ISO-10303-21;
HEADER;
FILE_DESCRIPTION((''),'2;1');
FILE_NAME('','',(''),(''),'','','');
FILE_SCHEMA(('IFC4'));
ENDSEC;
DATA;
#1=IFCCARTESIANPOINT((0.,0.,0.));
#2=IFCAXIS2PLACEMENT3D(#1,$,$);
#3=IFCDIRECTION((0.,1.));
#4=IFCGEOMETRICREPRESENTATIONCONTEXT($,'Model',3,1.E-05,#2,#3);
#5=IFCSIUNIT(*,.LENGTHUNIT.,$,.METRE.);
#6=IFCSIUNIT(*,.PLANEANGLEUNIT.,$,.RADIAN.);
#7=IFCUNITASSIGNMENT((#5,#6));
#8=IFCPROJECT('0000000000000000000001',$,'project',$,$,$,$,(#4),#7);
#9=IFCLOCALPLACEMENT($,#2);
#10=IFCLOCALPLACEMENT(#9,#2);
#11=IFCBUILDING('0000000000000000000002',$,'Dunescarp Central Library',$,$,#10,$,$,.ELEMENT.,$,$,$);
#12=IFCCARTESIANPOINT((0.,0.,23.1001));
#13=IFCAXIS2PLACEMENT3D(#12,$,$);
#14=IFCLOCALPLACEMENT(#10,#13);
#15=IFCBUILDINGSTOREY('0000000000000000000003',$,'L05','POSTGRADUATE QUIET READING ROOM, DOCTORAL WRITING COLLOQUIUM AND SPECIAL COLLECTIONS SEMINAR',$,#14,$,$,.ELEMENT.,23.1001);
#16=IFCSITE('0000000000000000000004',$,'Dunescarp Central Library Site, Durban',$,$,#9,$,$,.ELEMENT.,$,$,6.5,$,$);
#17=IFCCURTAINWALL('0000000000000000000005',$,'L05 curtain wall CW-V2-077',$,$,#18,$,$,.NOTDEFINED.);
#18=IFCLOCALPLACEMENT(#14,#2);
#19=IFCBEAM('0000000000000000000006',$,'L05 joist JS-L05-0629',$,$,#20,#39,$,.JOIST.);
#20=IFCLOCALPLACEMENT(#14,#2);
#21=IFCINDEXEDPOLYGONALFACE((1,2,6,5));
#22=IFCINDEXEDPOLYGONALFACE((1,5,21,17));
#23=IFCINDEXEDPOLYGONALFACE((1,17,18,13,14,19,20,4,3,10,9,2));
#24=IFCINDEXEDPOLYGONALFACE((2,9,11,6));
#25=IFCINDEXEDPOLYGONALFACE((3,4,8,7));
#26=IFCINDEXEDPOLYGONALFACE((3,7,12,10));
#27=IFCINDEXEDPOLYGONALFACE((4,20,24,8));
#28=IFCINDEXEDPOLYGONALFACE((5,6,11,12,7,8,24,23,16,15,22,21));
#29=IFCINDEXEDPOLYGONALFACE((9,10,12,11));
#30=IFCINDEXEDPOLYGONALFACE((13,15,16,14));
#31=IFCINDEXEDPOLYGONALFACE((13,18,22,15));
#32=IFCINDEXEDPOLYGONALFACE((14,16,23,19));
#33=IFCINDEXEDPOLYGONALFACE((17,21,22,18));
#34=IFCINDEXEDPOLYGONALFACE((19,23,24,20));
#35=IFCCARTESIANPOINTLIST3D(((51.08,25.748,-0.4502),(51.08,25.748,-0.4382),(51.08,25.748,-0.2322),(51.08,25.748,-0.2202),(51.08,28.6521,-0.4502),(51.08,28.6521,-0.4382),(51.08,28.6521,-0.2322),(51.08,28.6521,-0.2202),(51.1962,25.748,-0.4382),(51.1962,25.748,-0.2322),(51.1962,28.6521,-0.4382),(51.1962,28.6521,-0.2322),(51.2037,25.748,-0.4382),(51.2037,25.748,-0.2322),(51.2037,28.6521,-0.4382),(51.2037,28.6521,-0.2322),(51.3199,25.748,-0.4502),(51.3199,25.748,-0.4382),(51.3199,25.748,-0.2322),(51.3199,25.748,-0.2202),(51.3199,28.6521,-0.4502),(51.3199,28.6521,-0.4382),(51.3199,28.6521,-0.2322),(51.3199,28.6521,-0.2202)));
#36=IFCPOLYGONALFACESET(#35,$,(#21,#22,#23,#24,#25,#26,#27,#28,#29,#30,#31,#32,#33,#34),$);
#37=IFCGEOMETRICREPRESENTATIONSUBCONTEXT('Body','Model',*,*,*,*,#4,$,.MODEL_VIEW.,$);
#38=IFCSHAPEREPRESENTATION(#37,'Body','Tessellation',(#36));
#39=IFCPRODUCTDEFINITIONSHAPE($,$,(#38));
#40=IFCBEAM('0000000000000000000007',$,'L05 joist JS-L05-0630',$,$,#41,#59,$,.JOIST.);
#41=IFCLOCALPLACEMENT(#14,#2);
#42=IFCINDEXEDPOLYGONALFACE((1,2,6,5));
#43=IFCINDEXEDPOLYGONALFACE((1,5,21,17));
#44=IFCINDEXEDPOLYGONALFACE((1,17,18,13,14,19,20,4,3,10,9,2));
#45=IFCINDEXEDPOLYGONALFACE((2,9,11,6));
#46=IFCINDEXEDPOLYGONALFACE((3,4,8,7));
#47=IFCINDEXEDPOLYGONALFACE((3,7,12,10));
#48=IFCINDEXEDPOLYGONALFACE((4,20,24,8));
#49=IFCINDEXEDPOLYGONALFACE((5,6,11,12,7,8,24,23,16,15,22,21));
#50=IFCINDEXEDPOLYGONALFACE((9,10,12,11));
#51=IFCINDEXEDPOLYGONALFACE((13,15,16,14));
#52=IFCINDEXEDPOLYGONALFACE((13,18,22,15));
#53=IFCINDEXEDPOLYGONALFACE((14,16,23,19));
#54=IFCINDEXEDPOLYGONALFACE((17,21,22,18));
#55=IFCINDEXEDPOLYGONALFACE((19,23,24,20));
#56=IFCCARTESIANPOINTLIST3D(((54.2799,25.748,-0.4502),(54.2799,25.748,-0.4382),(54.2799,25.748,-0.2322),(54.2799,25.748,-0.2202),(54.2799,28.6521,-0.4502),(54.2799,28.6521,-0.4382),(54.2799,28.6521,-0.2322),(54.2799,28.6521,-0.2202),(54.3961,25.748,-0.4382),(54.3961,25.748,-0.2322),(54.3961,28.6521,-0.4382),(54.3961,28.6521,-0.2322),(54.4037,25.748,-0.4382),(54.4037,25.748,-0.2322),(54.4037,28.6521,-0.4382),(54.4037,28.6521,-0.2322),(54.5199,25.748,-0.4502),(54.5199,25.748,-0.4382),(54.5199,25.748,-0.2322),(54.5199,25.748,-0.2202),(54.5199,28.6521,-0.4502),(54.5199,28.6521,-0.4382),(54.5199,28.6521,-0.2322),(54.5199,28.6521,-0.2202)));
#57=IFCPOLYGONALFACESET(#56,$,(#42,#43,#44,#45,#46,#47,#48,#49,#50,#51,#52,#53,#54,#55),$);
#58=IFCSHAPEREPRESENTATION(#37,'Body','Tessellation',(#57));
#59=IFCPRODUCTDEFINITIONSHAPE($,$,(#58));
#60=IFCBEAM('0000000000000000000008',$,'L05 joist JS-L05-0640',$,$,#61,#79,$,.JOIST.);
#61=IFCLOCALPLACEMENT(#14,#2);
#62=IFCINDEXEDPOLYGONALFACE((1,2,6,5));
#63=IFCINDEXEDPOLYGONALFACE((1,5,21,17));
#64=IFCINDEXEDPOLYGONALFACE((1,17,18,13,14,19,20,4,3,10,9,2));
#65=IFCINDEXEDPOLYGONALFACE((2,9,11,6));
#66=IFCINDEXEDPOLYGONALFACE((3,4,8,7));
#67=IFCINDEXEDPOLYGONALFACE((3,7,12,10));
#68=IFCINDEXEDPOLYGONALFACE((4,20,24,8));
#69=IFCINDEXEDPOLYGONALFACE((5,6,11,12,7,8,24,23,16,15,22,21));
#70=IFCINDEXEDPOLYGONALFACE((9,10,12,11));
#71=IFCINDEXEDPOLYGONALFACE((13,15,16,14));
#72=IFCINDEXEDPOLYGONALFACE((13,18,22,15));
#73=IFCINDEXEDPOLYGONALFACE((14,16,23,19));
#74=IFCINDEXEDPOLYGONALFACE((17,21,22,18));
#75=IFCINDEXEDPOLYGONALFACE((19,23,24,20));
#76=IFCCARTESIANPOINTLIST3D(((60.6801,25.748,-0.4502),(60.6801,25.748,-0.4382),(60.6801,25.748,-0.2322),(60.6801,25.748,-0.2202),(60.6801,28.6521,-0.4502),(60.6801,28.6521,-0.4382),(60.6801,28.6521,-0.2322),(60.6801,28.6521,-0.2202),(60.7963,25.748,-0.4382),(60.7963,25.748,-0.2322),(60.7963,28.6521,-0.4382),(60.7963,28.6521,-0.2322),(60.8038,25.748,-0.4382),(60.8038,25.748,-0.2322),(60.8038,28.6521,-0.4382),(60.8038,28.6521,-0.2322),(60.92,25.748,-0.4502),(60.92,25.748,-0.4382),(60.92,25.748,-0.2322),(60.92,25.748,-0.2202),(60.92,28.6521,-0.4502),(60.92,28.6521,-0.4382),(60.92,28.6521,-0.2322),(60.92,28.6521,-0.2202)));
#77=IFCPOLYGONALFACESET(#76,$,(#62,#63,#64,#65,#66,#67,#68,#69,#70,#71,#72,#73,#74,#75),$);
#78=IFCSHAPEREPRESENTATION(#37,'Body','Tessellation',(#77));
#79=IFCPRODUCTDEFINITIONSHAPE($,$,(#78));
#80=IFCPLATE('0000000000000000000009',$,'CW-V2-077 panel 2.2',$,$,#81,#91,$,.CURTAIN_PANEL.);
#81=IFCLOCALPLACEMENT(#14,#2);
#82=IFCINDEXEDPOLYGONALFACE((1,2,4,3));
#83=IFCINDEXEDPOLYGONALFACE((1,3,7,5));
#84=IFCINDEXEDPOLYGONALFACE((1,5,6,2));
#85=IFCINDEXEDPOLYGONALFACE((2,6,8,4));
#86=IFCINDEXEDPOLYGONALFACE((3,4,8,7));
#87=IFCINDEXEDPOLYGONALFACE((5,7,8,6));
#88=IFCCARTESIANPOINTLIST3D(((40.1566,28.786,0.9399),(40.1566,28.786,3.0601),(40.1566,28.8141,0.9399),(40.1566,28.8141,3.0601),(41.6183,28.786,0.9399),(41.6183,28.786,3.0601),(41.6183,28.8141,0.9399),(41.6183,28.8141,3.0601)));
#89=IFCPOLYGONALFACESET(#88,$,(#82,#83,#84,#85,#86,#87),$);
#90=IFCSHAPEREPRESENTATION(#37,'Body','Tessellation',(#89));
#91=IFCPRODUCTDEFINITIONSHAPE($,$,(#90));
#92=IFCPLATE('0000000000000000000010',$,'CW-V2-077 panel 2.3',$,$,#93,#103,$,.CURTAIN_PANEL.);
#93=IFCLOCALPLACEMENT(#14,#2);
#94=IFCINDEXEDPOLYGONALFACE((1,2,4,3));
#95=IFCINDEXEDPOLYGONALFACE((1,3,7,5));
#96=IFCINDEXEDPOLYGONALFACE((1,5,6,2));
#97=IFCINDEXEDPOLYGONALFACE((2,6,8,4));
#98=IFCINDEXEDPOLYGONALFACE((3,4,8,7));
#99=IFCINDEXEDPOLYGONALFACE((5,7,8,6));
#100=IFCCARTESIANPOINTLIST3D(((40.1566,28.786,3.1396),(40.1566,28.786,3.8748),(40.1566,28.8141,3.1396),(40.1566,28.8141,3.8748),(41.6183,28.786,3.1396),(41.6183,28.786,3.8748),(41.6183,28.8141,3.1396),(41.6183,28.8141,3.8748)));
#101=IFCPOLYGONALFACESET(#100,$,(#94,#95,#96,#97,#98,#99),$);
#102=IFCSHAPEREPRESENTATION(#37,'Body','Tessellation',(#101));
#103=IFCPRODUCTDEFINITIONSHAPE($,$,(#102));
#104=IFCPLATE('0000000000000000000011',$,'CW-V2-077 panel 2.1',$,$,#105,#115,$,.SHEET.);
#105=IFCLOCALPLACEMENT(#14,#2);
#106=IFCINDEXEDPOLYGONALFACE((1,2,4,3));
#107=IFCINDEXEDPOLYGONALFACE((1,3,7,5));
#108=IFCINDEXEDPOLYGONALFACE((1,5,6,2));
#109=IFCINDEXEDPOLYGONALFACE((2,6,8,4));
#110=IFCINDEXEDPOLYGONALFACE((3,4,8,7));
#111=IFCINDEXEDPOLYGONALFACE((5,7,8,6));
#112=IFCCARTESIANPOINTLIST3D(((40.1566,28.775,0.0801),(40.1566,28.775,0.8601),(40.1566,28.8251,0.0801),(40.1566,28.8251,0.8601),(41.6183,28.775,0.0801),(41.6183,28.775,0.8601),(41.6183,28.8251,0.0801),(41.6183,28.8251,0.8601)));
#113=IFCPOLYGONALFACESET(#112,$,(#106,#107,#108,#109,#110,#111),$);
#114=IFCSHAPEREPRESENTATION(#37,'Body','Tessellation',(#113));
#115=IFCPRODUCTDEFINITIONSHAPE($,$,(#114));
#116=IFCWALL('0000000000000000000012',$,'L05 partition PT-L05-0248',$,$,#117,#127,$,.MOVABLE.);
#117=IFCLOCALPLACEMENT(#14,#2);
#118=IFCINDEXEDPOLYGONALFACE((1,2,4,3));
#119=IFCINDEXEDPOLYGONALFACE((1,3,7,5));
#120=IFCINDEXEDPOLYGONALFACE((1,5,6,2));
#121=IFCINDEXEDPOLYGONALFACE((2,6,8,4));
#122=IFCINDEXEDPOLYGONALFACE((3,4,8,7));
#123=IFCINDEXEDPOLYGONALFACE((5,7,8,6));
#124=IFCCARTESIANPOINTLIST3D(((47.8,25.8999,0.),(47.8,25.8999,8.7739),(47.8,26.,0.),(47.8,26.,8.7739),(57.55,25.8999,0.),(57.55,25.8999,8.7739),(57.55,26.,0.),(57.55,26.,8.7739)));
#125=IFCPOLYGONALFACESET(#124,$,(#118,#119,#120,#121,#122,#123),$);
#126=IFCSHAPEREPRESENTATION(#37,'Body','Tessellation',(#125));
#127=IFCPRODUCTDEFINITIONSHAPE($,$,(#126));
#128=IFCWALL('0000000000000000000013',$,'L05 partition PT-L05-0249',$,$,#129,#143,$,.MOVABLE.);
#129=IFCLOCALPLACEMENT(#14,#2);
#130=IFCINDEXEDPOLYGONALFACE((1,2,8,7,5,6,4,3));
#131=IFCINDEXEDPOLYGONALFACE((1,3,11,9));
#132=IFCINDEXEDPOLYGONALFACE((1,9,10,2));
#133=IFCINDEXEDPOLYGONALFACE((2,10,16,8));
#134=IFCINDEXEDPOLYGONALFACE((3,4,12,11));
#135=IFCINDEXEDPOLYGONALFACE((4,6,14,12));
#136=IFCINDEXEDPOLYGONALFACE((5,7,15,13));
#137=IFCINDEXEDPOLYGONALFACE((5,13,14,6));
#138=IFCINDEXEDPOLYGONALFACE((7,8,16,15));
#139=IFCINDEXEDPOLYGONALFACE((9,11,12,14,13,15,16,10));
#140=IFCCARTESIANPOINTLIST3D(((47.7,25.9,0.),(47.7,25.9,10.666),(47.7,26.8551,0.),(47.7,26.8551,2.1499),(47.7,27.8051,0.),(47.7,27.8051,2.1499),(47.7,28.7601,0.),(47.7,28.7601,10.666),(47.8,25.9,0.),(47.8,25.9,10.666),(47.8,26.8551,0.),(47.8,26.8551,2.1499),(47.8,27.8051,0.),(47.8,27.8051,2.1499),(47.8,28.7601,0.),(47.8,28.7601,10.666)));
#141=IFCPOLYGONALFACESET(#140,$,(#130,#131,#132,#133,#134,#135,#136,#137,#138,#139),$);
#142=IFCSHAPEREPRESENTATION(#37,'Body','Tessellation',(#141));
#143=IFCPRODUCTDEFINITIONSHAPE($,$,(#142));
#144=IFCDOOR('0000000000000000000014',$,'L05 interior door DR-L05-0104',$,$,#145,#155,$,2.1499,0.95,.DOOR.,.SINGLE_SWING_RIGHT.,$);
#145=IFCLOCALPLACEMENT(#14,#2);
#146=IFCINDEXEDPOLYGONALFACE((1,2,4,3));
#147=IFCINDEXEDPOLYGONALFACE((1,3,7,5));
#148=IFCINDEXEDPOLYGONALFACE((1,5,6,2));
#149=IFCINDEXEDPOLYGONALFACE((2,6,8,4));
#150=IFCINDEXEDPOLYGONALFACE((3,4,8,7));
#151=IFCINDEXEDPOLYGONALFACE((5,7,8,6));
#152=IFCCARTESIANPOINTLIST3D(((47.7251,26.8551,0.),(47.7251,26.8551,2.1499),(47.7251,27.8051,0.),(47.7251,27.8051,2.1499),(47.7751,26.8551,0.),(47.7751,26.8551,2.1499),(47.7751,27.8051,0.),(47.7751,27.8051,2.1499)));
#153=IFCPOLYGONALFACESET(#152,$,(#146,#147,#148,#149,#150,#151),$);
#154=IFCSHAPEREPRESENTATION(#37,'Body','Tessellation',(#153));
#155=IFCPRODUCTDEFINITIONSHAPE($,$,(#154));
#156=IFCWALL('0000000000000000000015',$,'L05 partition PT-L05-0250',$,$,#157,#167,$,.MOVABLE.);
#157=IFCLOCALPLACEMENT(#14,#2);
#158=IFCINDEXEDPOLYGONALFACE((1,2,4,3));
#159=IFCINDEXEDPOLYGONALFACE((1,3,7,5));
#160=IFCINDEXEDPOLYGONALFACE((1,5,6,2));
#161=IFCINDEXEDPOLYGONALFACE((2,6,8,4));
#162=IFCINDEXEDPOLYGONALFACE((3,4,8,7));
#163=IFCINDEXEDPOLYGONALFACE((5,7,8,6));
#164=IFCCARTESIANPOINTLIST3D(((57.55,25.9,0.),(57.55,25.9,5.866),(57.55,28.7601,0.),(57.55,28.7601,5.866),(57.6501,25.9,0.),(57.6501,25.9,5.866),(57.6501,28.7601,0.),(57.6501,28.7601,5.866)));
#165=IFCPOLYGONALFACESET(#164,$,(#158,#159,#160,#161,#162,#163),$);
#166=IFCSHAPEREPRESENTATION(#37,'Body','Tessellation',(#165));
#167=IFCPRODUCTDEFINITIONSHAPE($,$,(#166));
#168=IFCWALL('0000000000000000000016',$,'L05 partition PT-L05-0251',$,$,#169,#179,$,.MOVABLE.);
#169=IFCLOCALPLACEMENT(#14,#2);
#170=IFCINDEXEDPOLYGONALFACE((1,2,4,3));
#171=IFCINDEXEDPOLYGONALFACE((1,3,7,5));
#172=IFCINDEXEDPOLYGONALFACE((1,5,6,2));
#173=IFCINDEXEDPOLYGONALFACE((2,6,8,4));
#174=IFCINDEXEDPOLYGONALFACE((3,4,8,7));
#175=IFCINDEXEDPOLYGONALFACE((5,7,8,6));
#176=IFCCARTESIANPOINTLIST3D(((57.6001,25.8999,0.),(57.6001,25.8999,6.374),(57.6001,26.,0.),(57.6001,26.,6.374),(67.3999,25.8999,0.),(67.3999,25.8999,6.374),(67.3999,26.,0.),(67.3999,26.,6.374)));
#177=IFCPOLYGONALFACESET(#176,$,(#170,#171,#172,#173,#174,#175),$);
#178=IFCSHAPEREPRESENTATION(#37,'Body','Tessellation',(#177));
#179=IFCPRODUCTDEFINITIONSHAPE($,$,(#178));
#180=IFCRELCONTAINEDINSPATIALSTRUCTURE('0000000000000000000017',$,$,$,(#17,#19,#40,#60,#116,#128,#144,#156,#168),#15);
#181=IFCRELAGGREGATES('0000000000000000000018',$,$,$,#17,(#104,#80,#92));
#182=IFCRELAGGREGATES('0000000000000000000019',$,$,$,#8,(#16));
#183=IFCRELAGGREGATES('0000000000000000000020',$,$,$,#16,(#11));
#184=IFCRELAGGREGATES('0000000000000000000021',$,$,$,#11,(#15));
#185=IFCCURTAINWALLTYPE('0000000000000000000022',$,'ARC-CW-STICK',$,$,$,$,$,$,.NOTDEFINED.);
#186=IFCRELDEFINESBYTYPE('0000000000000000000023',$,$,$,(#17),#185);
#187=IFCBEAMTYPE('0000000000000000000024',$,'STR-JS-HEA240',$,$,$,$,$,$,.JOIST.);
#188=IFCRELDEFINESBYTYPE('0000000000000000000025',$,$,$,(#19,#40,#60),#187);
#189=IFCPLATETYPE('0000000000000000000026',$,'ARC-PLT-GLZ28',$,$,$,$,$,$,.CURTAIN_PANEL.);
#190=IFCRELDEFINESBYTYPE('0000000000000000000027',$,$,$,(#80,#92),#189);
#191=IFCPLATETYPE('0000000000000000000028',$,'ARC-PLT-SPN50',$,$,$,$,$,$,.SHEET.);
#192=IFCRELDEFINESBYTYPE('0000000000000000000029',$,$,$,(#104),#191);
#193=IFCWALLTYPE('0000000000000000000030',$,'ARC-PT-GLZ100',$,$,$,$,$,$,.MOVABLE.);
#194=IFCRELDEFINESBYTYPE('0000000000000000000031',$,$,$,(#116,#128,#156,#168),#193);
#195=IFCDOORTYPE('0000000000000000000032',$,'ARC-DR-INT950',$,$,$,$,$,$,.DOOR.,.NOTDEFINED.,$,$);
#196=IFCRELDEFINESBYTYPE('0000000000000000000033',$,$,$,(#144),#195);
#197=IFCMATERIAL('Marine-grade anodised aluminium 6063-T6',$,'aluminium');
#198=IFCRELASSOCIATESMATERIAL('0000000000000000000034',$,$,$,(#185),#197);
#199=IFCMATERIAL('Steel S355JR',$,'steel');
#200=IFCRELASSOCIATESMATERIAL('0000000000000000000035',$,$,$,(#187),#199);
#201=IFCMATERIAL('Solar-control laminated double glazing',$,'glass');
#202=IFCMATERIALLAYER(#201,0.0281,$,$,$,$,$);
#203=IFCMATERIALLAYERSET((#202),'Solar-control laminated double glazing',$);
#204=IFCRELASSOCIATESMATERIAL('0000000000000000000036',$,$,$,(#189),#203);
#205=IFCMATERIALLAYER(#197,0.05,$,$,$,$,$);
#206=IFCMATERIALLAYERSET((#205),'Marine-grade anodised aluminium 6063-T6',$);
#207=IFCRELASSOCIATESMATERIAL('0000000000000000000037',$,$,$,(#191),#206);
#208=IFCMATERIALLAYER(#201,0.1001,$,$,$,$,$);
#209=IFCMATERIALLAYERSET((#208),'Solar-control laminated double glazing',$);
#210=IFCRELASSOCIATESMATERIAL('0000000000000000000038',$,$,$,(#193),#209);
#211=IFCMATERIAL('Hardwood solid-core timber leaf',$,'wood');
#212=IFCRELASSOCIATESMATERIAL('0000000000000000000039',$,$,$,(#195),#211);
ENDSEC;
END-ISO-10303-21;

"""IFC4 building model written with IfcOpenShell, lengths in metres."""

from ifc_helpers import new_model, si_unit, direction, frame, frame_2d, origin, origin_2d, place, context, subcontext, project, spatial, rectangle, i_section, extrude, material, layer, layer_set, material_profile, profile_set, type_object, element, fill, aggregate, save


model = new_model("IFC4")

# Units and contexts
model_context = context("Model", 3, precision=1e-05, world=origin(), true_north=direction((0.0, 1.0)))
body_context = subcontext(model_context, "Body", "Model", "MODEL_VIEW")
ifc_project = project(units=[si_unit("LENGTHUNIT", "METRE"), si_unit("PLANEANGLEUNIT", "RADIAN")], contexts=[model_context])

# Site, building, storey
site_placement = place(None, origin())
site = spatial("IfcSite", under=ifc_project, at=site_placement, Name="Dunescarp Central Library Site, Durban", CompositionType="ELEMENT", RefElevation=6.5)
building_placement = place(site_placement, origin())
building = spatial("IfcBuilding", under=site, at=building_placement, Name="Dunescarp Central Library", CompositionType="ELEMENT")
storey_placement = place(building_placement, frame((0.0, 0.0, 23.1001)))
storey = spatial("IfcBuildingStorey", under=building, at=storey_placement, Name="L05", Description="POSTGRADUATE QUIET READING ROOM, DOCTORAL WRITING COLLOQUIUM AND SPECIAL COLLECTIONS SEMINAR", CompositionType="ELEMENT", Elevation=23.1001)

# Curtain wall
ifc_material_1 = material(Name="Marine-grade anodised aluminium 6063-T6", Category="aluminium")
curtain_wall_type = type_object("IfcCurtainWallType", Name="ARC-CW-STICK", PredefinedType="NOTDEFINED", material=ifc_material_1)
curtain_wall_placement = place(storey_placement, origin())
curtain_wall = element("IfcCurtainWall", 1, at=curtain_wall_placement, inside=storey, type_object=curtain_wall_type, Name="L05 curtain wall CW-V2-077", PredefinedType="NOTDEFINED")

# Beams
ifc_material_2 = material(Name="Steel S355JR", Category="steel")
ifc_material_profile_1 = material_profile(ifc_material_2, i_section(OverallWidth=0.24, OverallDepth=0.23, WebThickness=0.0076, FlangeThickness=0.012, at=origin_2d()), Name="HEA 240")
ifc_profile_set_1 = profile_set([ifc_material_profile_1], Name="Steel S355JR")
beam_type_1 = type_object("IfcBeamType", Name="STR-JS-HEA240", PredefinedType="JOIST", material=ifc_profile_set_1)
for number, where, z_axis, x_axis, name in (
    (2, (51.2, 25.748, -0.3352), (0.0, 1.0, 0.0), (-1.0, 0.0, 0.0), "L05 joist JS-L05-0629"),
    (3, (54.3999, 25.748, -0.3352), (0.0, 1.0, 0.0), (-1.0, 0.0, 0.0), "L05 joist JS-L05-0630"),
    (4, (60.8, 25.748, -0.3352), (0.0, 1.0, 0.0), (-1.0, 0.0, 0.0), "L05 joist JS-L05-0640"),
):
    element("IfcBeam", number, at=place(storey_placement, frame(where, z_axis=z_axis, x_axis=x_axis)), inside=storey, type_object=beam_type_1, Name=name, PredefinedType="JOIST", context=body_context, shape_type="SweptSolid", body=[
        extrude(i_section(OverallWidth=0.24, OverallDepth=0.23, WebThickness=0.0076, FlangeThickness=0.012, at=origin_2d()), origin(), (0.0, 0.0, 1.0), 2.9041),
    ])

# Plates
ifc_material_3 = material(Name="Solar-control laminated double glazing", Category="glass")
ifc_layer_1 = layer(ifc_material_3, 0.0281)
ifc_layer_set_1 = layer_set([ifc_layer_1], Name="Solar-control laminated double glazing")
plate_type_1 = type_object("IfcPlateType", Name="ARC-PLT-GLZ28", PredefinedType="CURTAIN_PANEL", material=ifc_layer_set_1)
plate_1_placement = place(storey_placement, frame((40.8875, 28.8, 0.9399), z_axis=(0.0, 0.0, 1.0), x_axis=(1.0, 0.0, 0.0)))
plate_1 = element("IfcPlate", 5, at=plate_1_placement, type_object=plate_type_1, Name="CW-V2-077 panel 2.2", PredefinedType="CURTAIN_PANEL", context=body_context, shape_type="SweptSolid", body=[
    extrude(rectangle(XDim=1.4617, YDim=0.0281, at=origin_2d()), origin(), (0.0, 0.0, 1.0), 2.1201),
])
plate_2_placement = place(storey_placement, frame((40.8875, 28.8, 3.1396), z_axis=(0.0, 0.0, 1.0), x_axis=(1.0, 0.0, 0.0)))
plate_2 = element("IfcPlate", 6, at=plate_2_placement, type_object=plate_type_1, Name="CW-V2-077 panel 2.3", PredefinedType="CURTAIN_PANEL", context=body_context, shape_type="SweptSolid", body=[
    extrude(rectangle(XDim=1.4617, YDim=0.0281, at=origin_2d()), origin(), (0.0, 0.0, 1.0), 0.7351),
])
ifc_layer_2 = layer(ifc_material_1, 0.05)
ifc_layer_set_2 = layer_set([ifc_layer_2], Name="Marine-grade anodised aluminium 6063-T6")
plate_type_2 = type_object("IfcPlateType", Name="ARC-PLT-SPN50", PredefinedType="SHEET", material=ifc_layer_set_2)
plate_3_placement = place(storey_placement, frame((40.8875, 28.8, 0.0801), z_axis=(0.0, 0.0, 1.0), x_axis=(1.0, 0.0, 0.0)))
plate_3 = element("IfcPlate", 7, at=plate_3_placement, type_object=plate_type_2, Name="CW-V2-077 panel 2.1", PredefinedType="SHEET", context=body_context, shape_type="SweptSolid", body=[
    extrude(rectangle(XDim=1.4617, YDim=0.05, at=origin_2d()), origin(), (0.0, 0.0, 1.0), 0.78),
])
aggregate(curtain_wall, [plate_3, plate_1, plate_2])

# Wall
ifc_layer_3 = layer(ifc_material_3, 0.1001)
ifc_layer_set_3 = layer_set([ifc_layer_3], Name="Solar-control laminated double glazing")
wall_type = type_object("IfcWallType", Name="ARC-PT-GLZ100", PredefinedType="MOVABLE", material=ifc_layer_set_3)
wall_1_placement = place(storey_placement, frame((47.8, 25.95, 0.0), z_axis=(0.0, 0.0, 1.0), x_axis=(1.0, 0.0, 0.0)))
element("IfcWall", 8, at=wall_1_placement, inside=storey, type_object=wall_type, Name="L05 partition PT-L05-0248", PredefinedType="MOVABLE", context=body_context, shape_type="SweptSolid", body=[
    extrude(rectangle(XDim=9.75, YDim=0.1001, at=frame_2d((4.875, 0.0))), origin(), (0.0, 0.0, 1.0), 8.7739),
])

# Wall, opening, door
wall_2_placement = place(storey_placement, frame((47.75, 25.8999, 0.0), z_axis=(0.0, 0.0, 1.0), x_axis=(0.0, 1.0, 0.0)))
wall_2 = element("IfcWall", 9, at=wall_2_placement, inside=storey, type_object=wall_type, Name="L05 partition PT-L05-0249", PredefinedType="MOVABLE", context=body_context, shape_type="SweptSolid", body=[
    extrude(rectangle(XDim=2.8601, YDim=0.1001, at=frame_2d((1.4302, 0.0))), origin(), (0.0, 0.0, 1.0), 10.666),
])
opening_placement = place(wall_2_placement, frame((0.9551, 0.0, 0.0)))
opening = element("IfcOpeningElement", 10, at=opening_placement, cuts=wall_2, PredefinedType="OPENING", context=body_context, shape_type="SweptSolid", body=[
    extrude(rectangle(XDim=0.95, YDim=2.1499, at=frame_2d((0.4751, 1.075))), frame((0.0, 0.0601, 0.0), z_axis=(0.0, -1.0, 0.0), x_axis=(1.0, 0.0, 0.0)), (0.0, 0.0, 1.0), 0.1201),
])
ifc_material_4 = material(Name="Hardwood solid-core timber leaf", Category="wood")
door_type = type_object("IfcDoorType", Name="ARC-DR-INT950", OperationType="NOTDEFINED", PredefinedType="DOOR", material=ifc_material_4)
door_placement = place(opening_placement, origin())
door = element("IfcDoor", 11, at=door_placement, inside=storey, type_object=door_type, Name="L05 interior door DR-L05-0104", OperationType="SINGLE_SWING_RIGHT", OverallHeight=2.1499, OverallWidth=0.95, PredefinedType="DOOR", context=body_context, shape_type="SweptSolid", body=[
    extrude(rectangle(XDim=0.95, YDim=2.1499, at=frame_2d((0.4751, 1.075))), frame((0.0, 0.0249, 0.0), z_axis=(0.0, -1.0, 0.0), x_axis=(1.0, 0.0, 0.0)), (0.0, 0.0, 1.0), 0.05),
])
fill(opening, door)

# Walls
wall_3_placement = place(storey_placement, frame((57.6001, 25.8999, 0.0), z_axis=(0.0, 0.0, 1.0), x_axis=(0.0, 1.0, 0.0)))
element("IfcWall", 12, at=wall_3_placement, inside=storey, type_object=wall_type, Name="L05 partition PT-L05-0250", PredefinedType="MOVABLE", context=body_context, shape_type="SweptSolid", body=[
    extrude(rectangle(XDim=2.8601, YDim=0.1001, at=frame_2d((1.4302, 0.0))), origin(), (0.0, 0.0, 1.0), 5.866),
])
wall_4_placement = place(storey_placement, frame((57.6001, 25.95, 0.0), z_axis=(0.0, 0.0, 1.0), x_axis=(1.0, 0.0, 0.0)))
element("IfcWall", 13, at=wall_4_placement, inside=storey, type_object=wall_type, Name="L05 partition PT-L05-0251", PredefinedType="MOVABLE", context=body_context, shape_type="SweptSolid", body=[
    extrude(rectangle(XDim=9.7998, YDim=0.1001, at=frame_2d((4.8999, 0.0))), origin(), (0.0, 0.0, 1.0), 6.374),
])

save(model, "model.ifc")
